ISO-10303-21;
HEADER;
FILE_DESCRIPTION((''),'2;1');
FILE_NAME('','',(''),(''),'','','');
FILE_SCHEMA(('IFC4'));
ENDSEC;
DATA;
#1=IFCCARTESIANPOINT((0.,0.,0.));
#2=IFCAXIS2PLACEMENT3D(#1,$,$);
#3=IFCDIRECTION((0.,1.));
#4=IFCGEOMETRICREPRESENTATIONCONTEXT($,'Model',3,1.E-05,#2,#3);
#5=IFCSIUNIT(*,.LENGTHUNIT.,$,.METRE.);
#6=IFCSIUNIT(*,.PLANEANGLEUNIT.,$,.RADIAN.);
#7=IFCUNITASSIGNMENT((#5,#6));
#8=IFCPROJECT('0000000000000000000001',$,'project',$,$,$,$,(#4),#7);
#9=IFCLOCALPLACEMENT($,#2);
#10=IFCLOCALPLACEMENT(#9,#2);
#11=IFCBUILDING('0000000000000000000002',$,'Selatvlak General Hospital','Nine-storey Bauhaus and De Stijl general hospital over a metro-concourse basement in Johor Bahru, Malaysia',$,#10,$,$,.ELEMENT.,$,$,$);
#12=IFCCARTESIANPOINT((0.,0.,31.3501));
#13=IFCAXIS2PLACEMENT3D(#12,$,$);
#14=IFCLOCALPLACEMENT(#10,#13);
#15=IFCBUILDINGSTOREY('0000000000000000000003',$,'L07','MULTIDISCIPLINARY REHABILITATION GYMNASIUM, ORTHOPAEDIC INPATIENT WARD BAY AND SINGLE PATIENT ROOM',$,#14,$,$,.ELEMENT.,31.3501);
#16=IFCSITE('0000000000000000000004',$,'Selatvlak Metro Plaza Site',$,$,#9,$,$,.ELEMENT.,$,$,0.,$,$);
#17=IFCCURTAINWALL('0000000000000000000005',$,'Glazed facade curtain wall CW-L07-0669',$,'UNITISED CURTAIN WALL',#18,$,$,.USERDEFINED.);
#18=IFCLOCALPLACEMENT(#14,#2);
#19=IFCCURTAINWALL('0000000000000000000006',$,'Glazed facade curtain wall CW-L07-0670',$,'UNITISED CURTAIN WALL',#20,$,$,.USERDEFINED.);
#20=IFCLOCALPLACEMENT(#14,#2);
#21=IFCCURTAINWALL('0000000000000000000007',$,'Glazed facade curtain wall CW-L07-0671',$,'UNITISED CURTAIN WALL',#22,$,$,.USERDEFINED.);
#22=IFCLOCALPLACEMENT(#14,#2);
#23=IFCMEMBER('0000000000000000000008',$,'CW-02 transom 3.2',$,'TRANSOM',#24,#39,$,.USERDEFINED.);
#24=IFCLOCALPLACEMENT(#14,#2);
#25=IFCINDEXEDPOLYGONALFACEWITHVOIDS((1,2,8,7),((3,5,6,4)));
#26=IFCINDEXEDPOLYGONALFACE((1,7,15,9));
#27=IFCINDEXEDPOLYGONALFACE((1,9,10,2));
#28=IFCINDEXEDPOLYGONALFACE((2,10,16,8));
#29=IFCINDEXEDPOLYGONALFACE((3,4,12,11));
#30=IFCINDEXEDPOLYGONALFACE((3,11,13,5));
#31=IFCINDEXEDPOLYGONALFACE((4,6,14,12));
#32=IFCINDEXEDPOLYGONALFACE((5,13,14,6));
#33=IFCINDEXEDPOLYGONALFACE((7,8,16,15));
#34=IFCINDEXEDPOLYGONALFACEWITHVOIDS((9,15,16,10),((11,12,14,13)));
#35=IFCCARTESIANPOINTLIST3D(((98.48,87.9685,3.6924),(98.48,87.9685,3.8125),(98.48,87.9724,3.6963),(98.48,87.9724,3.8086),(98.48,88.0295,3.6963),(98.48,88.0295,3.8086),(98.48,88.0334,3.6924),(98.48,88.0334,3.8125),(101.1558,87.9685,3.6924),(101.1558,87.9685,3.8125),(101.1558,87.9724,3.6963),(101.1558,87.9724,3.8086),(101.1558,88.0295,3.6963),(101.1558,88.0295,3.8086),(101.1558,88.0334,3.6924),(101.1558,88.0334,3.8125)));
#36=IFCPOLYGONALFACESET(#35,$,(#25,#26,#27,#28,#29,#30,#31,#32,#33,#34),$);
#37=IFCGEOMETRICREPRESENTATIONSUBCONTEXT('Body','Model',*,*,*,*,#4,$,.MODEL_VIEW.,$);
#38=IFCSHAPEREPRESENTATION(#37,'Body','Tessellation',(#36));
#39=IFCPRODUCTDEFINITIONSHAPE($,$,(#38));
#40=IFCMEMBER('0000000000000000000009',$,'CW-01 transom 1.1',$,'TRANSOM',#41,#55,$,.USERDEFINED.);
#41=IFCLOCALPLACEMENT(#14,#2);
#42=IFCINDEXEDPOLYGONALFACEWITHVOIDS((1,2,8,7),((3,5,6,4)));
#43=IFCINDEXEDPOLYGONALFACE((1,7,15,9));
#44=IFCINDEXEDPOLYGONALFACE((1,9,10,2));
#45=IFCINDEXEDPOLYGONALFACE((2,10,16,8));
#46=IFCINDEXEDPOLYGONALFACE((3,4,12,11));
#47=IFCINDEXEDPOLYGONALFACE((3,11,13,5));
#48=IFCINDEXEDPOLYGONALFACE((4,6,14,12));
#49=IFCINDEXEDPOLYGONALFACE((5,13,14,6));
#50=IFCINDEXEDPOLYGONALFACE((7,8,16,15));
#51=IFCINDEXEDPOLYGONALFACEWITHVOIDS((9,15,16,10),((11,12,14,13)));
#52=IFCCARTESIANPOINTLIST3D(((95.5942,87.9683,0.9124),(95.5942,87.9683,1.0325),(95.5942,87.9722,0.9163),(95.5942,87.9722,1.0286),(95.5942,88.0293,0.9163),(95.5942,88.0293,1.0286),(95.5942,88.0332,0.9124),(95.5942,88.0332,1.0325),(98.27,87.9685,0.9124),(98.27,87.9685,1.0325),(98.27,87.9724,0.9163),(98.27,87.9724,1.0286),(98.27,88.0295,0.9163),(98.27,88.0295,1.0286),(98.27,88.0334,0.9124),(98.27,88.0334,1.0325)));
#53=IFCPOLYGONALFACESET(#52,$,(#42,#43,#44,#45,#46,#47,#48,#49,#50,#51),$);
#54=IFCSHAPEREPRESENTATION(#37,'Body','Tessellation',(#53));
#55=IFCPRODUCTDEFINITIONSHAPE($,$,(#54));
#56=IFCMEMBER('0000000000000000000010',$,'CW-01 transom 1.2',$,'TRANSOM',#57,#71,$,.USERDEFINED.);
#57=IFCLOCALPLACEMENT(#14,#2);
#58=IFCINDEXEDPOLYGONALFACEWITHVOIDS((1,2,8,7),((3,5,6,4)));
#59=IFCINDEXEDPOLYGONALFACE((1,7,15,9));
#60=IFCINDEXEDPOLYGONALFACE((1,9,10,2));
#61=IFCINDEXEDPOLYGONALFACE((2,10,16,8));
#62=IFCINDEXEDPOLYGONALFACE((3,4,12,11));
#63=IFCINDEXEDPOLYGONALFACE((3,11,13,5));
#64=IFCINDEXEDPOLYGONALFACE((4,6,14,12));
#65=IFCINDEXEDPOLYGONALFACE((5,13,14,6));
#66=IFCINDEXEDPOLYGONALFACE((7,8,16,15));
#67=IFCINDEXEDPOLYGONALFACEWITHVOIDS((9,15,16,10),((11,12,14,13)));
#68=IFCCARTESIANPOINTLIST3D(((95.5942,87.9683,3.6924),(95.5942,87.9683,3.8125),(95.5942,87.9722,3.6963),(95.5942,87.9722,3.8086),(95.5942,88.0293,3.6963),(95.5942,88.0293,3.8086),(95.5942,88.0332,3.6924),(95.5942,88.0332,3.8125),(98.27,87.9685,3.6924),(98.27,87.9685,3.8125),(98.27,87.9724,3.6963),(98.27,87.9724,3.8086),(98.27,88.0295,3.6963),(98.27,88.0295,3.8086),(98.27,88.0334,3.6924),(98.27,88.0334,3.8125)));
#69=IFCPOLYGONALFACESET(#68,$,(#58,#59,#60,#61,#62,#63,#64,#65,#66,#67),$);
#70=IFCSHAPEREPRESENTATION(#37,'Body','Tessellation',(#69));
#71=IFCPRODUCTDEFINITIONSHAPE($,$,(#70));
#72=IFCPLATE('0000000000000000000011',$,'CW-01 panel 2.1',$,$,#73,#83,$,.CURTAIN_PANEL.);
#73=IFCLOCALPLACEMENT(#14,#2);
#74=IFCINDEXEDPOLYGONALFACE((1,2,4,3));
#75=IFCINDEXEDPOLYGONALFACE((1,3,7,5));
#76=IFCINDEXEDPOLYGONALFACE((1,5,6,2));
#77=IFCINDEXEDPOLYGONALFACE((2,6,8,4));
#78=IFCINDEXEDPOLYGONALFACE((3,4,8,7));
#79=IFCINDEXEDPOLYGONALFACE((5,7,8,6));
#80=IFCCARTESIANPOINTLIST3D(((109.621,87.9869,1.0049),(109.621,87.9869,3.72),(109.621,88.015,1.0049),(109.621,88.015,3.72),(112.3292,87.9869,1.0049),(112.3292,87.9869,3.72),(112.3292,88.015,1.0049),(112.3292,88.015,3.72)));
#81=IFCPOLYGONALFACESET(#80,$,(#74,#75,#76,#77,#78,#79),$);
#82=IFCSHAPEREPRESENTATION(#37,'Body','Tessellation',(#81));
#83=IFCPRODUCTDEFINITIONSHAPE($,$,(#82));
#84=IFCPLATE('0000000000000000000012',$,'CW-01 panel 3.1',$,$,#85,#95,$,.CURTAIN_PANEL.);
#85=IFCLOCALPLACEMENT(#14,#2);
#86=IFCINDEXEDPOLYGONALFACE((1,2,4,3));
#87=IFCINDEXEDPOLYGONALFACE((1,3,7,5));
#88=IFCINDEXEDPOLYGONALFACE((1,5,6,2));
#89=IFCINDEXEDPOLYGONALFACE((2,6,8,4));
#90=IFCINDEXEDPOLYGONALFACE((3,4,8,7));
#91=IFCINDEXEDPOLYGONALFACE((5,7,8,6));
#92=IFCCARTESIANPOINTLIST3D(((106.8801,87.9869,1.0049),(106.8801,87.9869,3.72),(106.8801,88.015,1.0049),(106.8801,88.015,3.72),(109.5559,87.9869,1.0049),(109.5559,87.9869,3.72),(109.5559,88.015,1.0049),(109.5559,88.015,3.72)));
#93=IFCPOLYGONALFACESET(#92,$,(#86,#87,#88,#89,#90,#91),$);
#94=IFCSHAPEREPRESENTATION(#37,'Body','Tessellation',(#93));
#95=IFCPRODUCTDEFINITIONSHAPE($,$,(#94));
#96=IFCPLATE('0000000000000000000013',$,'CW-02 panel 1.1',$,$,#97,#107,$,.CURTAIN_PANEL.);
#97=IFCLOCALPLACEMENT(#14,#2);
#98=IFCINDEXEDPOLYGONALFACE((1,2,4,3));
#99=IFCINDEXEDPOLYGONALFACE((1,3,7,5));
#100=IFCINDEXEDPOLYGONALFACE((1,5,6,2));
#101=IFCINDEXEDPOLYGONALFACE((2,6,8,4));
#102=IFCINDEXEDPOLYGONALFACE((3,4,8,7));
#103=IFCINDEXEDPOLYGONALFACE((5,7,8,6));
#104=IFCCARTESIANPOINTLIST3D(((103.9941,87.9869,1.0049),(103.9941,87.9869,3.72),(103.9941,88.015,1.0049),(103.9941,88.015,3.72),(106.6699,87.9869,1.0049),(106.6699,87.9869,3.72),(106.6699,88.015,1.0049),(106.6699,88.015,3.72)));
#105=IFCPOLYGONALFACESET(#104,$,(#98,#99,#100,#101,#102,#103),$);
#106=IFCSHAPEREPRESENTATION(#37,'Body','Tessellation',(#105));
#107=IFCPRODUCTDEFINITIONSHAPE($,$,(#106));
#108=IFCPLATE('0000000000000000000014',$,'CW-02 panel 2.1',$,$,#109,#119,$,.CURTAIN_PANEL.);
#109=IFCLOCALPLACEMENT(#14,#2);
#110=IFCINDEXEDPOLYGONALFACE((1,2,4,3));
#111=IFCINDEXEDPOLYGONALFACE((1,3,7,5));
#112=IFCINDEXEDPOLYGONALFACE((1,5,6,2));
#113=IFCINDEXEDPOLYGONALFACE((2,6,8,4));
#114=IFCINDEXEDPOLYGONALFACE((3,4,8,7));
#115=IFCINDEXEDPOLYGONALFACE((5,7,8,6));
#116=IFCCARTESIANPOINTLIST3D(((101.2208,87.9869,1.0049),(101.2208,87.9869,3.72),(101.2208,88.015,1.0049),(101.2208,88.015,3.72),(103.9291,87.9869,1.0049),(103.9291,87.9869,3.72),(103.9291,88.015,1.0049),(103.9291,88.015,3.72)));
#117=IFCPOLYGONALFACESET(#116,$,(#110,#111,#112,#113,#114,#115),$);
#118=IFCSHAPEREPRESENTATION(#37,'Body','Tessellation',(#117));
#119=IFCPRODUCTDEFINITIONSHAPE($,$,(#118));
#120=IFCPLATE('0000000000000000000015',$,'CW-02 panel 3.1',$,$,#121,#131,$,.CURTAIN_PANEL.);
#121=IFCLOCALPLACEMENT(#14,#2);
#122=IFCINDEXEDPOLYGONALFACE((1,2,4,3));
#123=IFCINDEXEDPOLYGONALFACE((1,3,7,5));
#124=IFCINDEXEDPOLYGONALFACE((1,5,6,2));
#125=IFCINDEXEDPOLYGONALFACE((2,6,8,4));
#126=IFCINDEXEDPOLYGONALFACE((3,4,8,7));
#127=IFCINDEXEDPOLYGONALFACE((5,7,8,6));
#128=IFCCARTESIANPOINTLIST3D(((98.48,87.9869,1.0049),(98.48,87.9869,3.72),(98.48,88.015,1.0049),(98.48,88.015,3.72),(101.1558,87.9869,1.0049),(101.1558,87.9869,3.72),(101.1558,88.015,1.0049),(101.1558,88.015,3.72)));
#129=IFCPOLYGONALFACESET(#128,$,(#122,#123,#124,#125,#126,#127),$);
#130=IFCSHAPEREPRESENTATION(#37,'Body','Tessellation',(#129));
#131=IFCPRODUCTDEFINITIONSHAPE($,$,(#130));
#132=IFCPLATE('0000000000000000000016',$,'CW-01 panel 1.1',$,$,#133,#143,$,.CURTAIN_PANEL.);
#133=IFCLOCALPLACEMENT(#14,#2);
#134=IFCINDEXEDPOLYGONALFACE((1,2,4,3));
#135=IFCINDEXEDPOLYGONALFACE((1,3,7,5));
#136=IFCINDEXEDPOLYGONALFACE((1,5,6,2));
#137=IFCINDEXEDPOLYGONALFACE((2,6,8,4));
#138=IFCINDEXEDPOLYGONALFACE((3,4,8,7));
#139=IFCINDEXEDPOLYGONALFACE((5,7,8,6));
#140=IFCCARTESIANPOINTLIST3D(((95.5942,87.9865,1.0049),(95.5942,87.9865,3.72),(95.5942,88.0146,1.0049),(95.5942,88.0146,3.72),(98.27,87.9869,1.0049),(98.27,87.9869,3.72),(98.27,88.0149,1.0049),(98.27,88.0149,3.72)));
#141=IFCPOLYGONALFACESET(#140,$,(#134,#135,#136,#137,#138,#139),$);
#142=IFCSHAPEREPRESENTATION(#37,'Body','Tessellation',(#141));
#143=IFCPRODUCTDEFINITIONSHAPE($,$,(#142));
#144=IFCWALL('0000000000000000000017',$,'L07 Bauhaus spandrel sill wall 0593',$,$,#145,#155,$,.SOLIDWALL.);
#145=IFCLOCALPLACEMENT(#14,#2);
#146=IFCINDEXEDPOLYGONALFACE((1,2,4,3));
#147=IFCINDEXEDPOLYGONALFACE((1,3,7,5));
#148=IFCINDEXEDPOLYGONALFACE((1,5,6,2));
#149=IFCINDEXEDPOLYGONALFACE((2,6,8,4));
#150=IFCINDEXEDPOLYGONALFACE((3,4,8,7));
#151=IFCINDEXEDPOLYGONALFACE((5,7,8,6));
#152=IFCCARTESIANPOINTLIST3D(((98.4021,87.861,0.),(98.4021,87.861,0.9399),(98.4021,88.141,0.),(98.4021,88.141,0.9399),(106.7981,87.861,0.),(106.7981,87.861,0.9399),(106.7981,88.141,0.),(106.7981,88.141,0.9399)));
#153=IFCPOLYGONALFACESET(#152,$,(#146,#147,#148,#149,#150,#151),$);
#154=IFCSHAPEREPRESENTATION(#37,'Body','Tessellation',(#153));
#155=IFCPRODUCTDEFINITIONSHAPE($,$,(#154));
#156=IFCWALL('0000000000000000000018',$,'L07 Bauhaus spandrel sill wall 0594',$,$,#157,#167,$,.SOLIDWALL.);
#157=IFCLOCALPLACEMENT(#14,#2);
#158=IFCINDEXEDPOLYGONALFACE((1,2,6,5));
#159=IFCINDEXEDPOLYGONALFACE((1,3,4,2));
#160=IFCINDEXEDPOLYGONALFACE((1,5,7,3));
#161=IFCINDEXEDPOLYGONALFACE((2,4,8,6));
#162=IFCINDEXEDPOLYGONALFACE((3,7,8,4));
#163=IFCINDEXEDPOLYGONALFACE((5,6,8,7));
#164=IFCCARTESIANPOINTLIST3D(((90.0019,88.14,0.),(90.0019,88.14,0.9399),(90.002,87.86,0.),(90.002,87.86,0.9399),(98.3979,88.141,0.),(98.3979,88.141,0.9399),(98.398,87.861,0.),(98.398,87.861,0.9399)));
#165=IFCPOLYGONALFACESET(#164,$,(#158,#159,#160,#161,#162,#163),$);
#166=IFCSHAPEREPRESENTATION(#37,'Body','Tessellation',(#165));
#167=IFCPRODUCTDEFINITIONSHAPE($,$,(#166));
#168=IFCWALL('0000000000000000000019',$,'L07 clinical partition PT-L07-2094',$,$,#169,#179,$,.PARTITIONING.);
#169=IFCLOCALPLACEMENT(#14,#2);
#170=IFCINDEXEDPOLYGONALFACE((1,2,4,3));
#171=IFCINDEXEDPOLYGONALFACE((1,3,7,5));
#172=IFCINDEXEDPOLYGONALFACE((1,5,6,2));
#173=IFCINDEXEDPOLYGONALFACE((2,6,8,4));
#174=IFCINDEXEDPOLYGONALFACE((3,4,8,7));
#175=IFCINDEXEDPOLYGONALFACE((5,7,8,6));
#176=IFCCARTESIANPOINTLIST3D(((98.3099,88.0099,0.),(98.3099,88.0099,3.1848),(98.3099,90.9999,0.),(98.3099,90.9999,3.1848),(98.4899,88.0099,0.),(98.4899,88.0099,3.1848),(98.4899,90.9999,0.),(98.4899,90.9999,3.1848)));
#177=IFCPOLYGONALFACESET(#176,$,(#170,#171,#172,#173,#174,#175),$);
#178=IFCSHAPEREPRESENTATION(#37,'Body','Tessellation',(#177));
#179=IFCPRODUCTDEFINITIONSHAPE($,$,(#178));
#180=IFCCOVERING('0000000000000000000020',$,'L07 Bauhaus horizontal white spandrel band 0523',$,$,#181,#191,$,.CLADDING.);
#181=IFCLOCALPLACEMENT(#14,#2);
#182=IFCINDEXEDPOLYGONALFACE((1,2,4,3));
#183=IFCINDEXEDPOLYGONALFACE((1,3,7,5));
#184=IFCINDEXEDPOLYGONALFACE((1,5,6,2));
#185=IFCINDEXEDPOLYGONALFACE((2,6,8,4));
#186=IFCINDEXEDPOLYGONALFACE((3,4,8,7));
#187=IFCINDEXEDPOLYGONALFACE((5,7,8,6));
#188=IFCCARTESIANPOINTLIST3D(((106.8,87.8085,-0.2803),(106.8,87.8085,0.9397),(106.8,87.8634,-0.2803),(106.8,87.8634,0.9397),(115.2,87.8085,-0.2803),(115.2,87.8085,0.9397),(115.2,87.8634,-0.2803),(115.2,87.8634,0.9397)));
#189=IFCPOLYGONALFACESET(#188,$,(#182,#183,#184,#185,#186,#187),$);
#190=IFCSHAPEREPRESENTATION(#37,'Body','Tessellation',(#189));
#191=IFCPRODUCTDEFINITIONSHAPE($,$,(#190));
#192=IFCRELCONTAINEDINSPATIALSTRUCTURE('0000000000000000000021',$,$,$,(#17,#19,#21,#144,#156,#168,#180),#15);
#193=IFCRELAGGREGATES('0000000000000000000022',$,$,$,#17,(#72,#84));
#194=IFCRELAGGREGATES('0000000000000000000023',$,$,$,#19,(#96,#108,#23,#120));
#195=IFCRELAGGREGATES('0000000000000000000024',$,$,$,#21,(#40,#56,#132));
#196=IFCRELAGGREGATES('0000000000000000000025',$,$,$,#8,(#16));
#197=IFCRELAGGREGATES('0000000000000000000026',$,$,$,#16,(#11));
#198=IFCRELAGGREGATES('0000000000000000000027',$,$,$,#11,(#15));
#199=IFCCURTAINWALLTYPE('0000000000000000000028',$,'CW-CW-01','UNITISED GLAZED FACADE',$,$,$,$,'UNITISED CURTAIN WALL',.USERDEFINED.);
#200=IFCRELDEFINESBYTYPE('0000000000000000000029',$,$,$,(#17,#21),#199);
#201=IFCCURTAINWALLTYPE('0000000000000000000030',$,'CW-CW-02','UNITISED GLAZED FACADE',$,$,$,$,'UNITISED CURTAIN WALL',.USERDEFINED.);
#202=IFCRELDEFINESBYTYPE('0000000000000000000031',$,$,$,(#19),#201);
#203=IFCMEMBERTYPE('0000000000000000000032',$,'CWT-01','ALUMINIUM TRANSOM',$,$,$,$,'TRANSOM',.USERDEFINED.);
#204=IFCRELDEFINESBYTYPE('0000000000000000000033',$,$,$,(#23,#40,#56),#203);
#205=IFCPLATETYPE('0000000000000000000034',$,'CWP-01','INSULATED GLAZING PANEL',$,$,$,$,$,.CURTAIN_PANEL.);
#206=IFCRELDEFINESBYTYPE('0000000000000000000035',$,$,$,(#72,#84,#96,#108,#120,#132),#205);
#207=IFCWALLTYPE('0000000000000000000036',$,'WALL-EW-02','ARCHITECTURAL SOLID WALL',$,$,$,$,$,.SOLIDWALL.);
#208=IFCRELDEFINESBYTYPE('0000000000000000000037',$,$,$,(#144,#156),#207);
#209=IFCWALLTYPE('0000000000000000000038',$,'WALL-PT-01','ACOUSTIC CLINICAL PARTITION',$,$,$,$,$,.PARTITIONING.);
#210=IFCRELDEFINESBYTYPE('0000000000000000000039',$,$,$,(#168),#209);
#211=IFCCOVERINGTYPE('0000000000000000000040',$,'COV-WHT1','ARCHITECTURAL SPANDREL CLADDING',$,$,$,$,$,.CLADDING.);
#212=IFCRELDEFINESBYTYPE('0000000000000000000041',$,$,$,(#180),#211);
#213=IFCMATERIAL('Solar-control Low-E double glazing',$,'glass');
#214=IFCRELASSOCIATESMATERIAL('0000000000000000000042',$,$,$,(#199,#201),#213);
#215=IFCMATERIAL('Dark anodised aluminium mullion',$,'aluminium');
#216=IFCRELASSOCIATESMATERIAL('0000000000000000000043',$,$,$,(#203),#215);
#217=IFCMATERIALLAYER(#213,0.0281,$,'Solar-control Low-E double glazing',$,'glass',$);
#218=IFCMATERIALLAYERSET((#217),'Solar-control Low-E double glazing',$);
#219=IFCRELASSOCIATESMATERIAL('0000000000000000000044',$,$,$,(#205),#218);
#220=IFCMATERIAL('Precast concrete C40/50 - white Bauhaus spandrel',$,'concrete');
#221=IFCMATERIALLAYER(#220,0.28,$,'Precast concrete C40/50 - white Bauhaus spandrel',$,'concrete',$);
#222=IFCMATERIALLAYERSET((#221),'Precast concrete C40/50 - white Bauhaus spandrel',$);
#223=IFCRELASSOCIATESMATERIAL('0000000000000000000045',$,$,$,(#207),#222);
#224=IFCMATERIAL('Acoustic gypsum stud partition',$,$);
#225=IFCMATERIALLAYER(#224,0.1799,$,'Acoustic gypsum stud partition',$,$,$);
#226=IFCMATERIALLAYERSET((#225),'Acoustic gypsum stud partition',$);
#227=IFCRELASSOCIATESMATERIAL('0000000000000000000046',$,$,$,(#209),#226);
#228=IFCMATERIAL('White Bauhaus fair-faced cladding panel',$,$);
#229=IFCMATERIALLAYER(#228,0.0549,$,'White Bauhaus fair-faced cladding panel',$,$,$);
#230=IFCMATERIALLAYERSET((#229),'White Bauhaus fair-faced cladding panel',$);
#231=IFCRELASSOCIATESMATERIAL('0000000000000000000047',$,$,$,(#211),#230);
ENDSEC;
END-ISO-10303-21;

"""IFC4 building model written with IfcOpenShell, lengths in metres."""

from ifc_helpers import new_model, si_unit, direction, frame, frame_2d, origin, origin_2d, place, context, subcontext, project, spatial, rectangle, hollow_rectangle, extrude, material, layer, layer_set, material_profile, profile_set, type_object, element, aggregate, save


model = new_model("IFC4")

# Units and contexts
model_context = context("Model", 3, precision=1e-05, world=origin(), true_north=direction((0.0, 1.0)))
body_context = subcontext(model_context, "Body", "Model", "MODEL_VIEW")
ifc_project = project(units=[si_unit("LENGTHUNIT", "METRE"), si_unit("PLANEANGLEUNIT", "RADIAN")], contexts=[model_context])

# Site, building, storey
site_placement = place(None, origin())
site = spatial("IfcSite", under=ifc_project, at=site_placement, Name="Selatvlak Metro Plaza Site", CompositionType="ELEMENT", RefElevation=0.0)
building_placement = place(site_placement, origin())
building = spatial("IfcBuilding", under=site, at=building_placement, Name="Selatvlak General Hospital", Description="Nine-storey Bauhaus and De Stijl general hospital over a metro-concourse basement in Johor Bahru, Malaysia", CompositionType="ELEMENT")
storey_placement = place(building_placement, frame((0.0, 0.0, 31.3501)))
storey = spatial("IfcBuildingStorey", under=building, at=storey_placement, Name="L07", Description="MULTIDISCIPLINARY REHABILITATION GYMNASIUM, ORTHOPAEDIC INPATIENT WARD BAY AND SINGLE PATIENT ROOM", CompositionType="ELEMENT", Elevation=31.3501)

# Curtain walls
ifc_material_1 = material(Name="Solar-control Low-E double glazing", Category="glass")
curtain_wall_type_1 = type_object("IfcCurtainWallType", Name="CW-CW-01", Description="UNITISED GLAZED FACADE", ElementType="UNITISED CURTAIN WALL", PredefinedType="USERDEFINED", material=ifc_material_1)
curtain_wall_1_placement = place(storey_placement, origin())
curtain_wall_1 = element("IfcCurtainWall", 1, at=curtain_wall_1_placement, inside=storey, type_object=curtain_wall_type_1, Name="Glazed facade curtain wall CW-L07-0669", ObjectType="UNITISED CURTAIN WALL", PredefinedType="USERDEFINED")
ifc_material_2 = material(Name="Dark anodised aluminium mullion", Category="aluminium")
curtain_wall_type_2 = type_object("IfcCurtainWallType", Name="CW-CW-02", Description="UNITISED GLAZED FACADE", ElementType="UNITISED CURTAIN WALL", PredefinedType="USERDEFINED", material=ifc_material_1)
curtain_wall_2_placement = place(storey_placement, origin())
curtain_wall_2 = element("IfcCurtainWall", 2, at=curtain_wall_2_placement, inside=storey, type_object=curtain_wall_type_2, Name="Glazed facade curtain wall CW-L07-0670", ObjectType="UNITISED CURTAIN WALL", PredefinedType="USERDEFINED")

# Curtain wall
curtain_wall_3_placement = place(storey_placement, origin())
curtain_wall_3 = element("IfcCurtainWall", 3, at=curtain_wall_3_placement, inside=storey, type_object=curtain_wall_type_1, Name="Glazed facade curtain wall CW-L07-0671", ObjectType="UNITISED CURTAIN WALL", PredefinedType="USERDEFINED")

# Members
ifc_material_profile_1 = material_profile(ifc_material_2, hollow_rectangle(XDim=0.0649, YDim=0.1201, WallThickness=0.0039, at=origin_2d()), Name="AL-TRN 65x120x4")
ifc_profile_set_1 = profile_set([ifc_material_profile_1], Name="Dark anodised aluminium mullion")
member_type_1 = type_object("IfcMemberType", Name="CWT-01", Description="ALUMINIUM TRANSOM", ElementType="TRANSOM", PredefinedType="USERDEFINED", material=ifc_profile_set_1)
member_1_placement = place(storey_placement, frame((101.1558, 88.001, 3.7524), z_axis=(-1.0, 0.0, 0.0), x_axis=(0.0, -1.0, 0.0)))
member_1 = element("IfcMember", 4, at=member_1_placement, type_object=member_type_1, Name="CW-02 transom 3.2", ObjectType="TRANSOM", PredefinedType="USERDEFINED", context=body_context, shape_type="SweptSolid", body=[
    extrude(hollow_rectangle(XDim=0.0649, YDim=0.1201, WallThickness=0.0039, at=origin_2d()), origin(), (0.0, 0.0, 1.0), 2.6758),
])
member_2_placement = place(storey_placement, frame((98.27, 88.001, 0.9724), z_axis=(-1.0, -0.000091, 0.0), x_axis=(0.000091, -1.0, 0.0)))
member_2 = element("IfcMember", 5, at=member_2_placement, type_object=member_type_1, Name="CW-01 transom 1.1", ObjectType="TRANSOM", PredefinedType="USERDEFINED", context=body_context, shape_type="SweptSolid", body=[
    extrude(hollow_rectangle(XDim=0.0649, YDim=0.1201, WallThickness=0.0039, at=origin_2d()), origin(), (0.0, 0.0, 1.0), 2.6758),
])
member_3_placement = place(storey_placement, frame((98.27, 88.001, 3.7524), z_axis=(-1.0, -0.000091, 0.0), x_axis=(0.000091, -1.0, 0.0)))
member_3 = element("IfcMember", 6, at=member_3_placement, type_object=member_type_1, Name="CW-01 transom 1.2", ObjectType="TRANSOM", PredefinedType="USERDEFINED", context=body_context, shape_type="SweptSolid", body=[
    extrude(hollow_rectangle(XDim=0.0649, YDim=0.1201, WallThickness=0.0039, at=origin_2d()), origin(), (0.0, 0.0, 1.0), 2.6758),
])

# Plates
ifc_layer_1 = layer(ifc_material_1, 0.0281, Name="Solar-control Low-E double glazing", Category="glass")
ifc_layer_set_1 = layer_set([ifc_layer_1], Name="Solar-control Low-E double glazing")
plate_type = type_object("IfcPlateType", Name="CWP-01", Description="INSULATED GLAZING PANEL", PredefinedType="CURTAIN_PANEL", material=ifc_layer_set_1)
plate_1_placement = place(storey_placement, frame((110.9751, 88.001, 1.0049), z_axis=(0.0, 0.0, 1.0), x_axis=(-1.0, 0.0, 0.0)))
plate_1 = element("IfcPlate", 7, at=plate_1_placement, type_object=plate_type, Name="CW-01 panel 2.1", PredefinedType="CURTAIN_PANEL", context=body_context, shape_type="SweptSolid", body=[
    extrude(rectangle(XDim=2.7083, YDim=0.0281, at=origin_2d()), origin(), (0.0, 0.0, 1.0), 2.7151),
])
plate_2_placement = place(storey_placement, frame((108.218, 88.001, 1.0049), z_axis=(0.0, 0.0, 1.0), x_axis=(-1.0, 0.0, 0.0)))
plate_2 = element("IfcPlate", 8, at=plate_2_placement, type_object=plate_type, Name="CW-01 panel 3.1", PredefinedType="CURTAIN_PANEL", context=body_context, shape_type="SweptSolid", body=[
    extrude(rectangle(XDim=2.6758, YDim=0.0281, at=origin_2d()), origin(), (0.0, 0.0, 1.0), 2.7151),
])
aggregate(curtain_wall_1, [plate_1, plate_2])
plate_3_placement = place(storey_placement, frame((105.332, 88.001, 1.0049), z_axis=(0.0, 0.0, 1.0), x_axis=(-1.0, 0.0, 0.0)))
plate_3 = element("IfcPlate", 9, at=plate_3_placement, type_object=plate_type, Name="CW-02 panel 1.1", PredefinedType="CURTAIN_PANEL", context=body_context, shape_type="SweptSolid", body=[
    extrude(rectangle(XDim=2.6758, YDim=0.0281, at=origin_2d()), origin(), (0.0, 0.0, 1.0), 2.7151),
])
plate_4_placement = place(storey_placement, frame((102.575, 88.001, 1.0049), z_axis=(0.0, 0.0, 1.0), x_axis=(-1.0, 0.0, 0.0)))
plate_4 = element("IfcPlate", 10, at=plate_4_placement, type_object=plate_type, Name="CW-02 panel 2.1", PredefinedType="CURTAIN_PANEL", context=body_context, shape_type="SweptSolid", body=[
    extrude(rectangle(XDim=2.7083, YDim=0.0281, at=origin_2d()), origin(), (0.0, 0.0, 1.0), 2.7151),
])
plate_5_placement = place(storey_placement, frame((99.8179, 88.001, 1.0049), z_axis=(0.0, 0.0, 1.0), x_axis=(-1.0, 0.0, 0.0)))
plate_5 = element("IfcPlate", 11, at=plate_5_placement, type_object=plate_type, Name="CW-02 panel 3.1", PredefinedType="CURTAIN_PANEL", context=body_context, shape_type="SweptSolid", body=[
    extrude(rectangle(XDim=2.6758, YDim=0.0281, at=origin_2d()), origin(), (0.0, 0.0, 1.0), 2.7151),
])
aggregate(curtain_wall_2, [plate_3, plate_4, member_1, plate_5])
plate_6_placement = place(storey_placement, frame((96.9321, 88.0007, 1.0049), z_axis=(0.0, 0.0, 1.0), x_axis=(-1.0, -0.00012, 0.0)))
plate_6 = element("IfcPlate", 12, at=plate_6_placement, type_object=plate_type, Name="CW-01 panel 1.1", PredefinedType="CURTAIN_PANEL", context=body_context, shape_type="SweptSolid", body=[
    extrude(rectangle(XDim=2.6758, YDim=0.0281, at=origin_2d()), origin(), (0.0, 0.0, 1.0), 2.7151),
])
aggregate(curtain_wall_3, [member_2, member_3, plate_6])

# Walls
ifc_material_3 = material(Name="Precast concrete C40/50 - white Bauhaus spandrel", Category="concrete")
ifc_layer_2 = layer(ifc_material_3, 0.28, Name="Precast concrete C40/50 - white Bauhaus spandrel", Category="concrete")
ifc_layer_set_2 = layer_set([ifc_layer_2], Name="Precast concrete C40/50 - white Bauhaus spandrel")
wall_type_1 = type_object("IfcWallType", Name="WALL-EW-02", Description="ARCHITECTURAL SOLID WALL", PredefinedType="SOLIDWALL", material=ifc_layer_set_2)
for number, where, z_axis, x_axis, name in (
    (13, (106.7981, 88.001, 0.0), (0.0, 0.0, 1.0), (-1.0, 0.0, 0.0), "L07 Bauhaus spandrel sill wall 0593"),
    (14, (98.3979, 88.001, 0.0), (0.0, 0.0, 1.0), (-1.0, -0.000116, 0.0), "L07 Bauhaus spandrel sill wall 0594"),
):
    element("IfcWall", number, at=place(storey_placement, frame(where, z_axis=z_axis, x_axis=x_axis)), inside=storey, type_object=wall_type_1, Name=name, PredefinedType="SOLIDWALL", context=body_context, shape_type="SweptSolid", body=[
        extrude(rectangle(XDim=8.396, YDim=0.28, at=frame_2d((4.198, 0.0))), origin(), (0.0, 0.0, 1.0), 0.9399),
    ])
ifc_material_4 = material(Name="Acoustic gypsum stud partition")
ifc_layer_3 = layer(ifc_material_4, 0.1799, Name="Acoustic gypsum stud partition")
ifc_layer_set_3 = layer_set([ifc_layer_3], Name="Acoustic gypsum stud partition")
wall_type_2 = type_object("IfcWallType", Name="WALL-PT-01", Description="ACOUSTIC CLINICAL PARTITION", PredefinedType="PARTITIONING", material=ifc_layer_set_3)
wall_1_placement = place(storey_placement, frame((98.3999, 91.0, 0.0), z_axis=(0.0, 0.0, 1.0), x_axis=(0.0, -1.0, 0.0)))
element("IfcWall", 15, at=wall_1_placement, inside=storey, type_object=wall_type_2, Name="L07 clinical partition PT-L07-2094", PredefinedType="PARTITIONING", context=body_context, shape_type="SweptSolid", body=[
    extrude(rectangle(XDim=2.99, YDim=0.1799, at=frame_2d((1.4951, 0.0))), origin(), (0.0, 0.0, 1.0), 3.1848),
])

# Covering
ifc_material_5 = material(Name="White Bauhaus fair-faced cladding panel")
ifc_layer_4 = layer(ifc_material_5, 0.0549, Name="White Bauhaus fair-faced cladding panel")
ifc_layer_set_4 = layer_set([ifc_layer_4], Name="White Bauhaus fair-faced cladding panel")
covering_type = type_object("IfcCoveringType", Name="COV-WHT1", Description="ARCHITECTURAL SPANDREL CLADDING", PredefinedType="CLADDING", material=ifc_layer_set_4)
for number, where, z_axis, x_axis, name in (
    (16, (111.0, 87.8359, -0.2803), (0.0, 0.0, 1.0), (-1.0, 0.0, 0.0), "L07 Bauhaus horizontal white spandrel band 0523"),
):
    element("IfcCovering", number, at=place(storey_placement, frame(where, z_axis=z_axis, x_axis=x_axis)), inside=storey, type_object=covering_type, Name=name, PredefinedType="CLADDING", context=body_context, shape_type="SweptSolid", body=[
        extrude(rectangle(XDim=8.3999, YDim=0.0549, at=origin_2d()), origin(), (0.0, 0.0, 1.0), 1.22),
    ])

save(model, "model.ifc")
